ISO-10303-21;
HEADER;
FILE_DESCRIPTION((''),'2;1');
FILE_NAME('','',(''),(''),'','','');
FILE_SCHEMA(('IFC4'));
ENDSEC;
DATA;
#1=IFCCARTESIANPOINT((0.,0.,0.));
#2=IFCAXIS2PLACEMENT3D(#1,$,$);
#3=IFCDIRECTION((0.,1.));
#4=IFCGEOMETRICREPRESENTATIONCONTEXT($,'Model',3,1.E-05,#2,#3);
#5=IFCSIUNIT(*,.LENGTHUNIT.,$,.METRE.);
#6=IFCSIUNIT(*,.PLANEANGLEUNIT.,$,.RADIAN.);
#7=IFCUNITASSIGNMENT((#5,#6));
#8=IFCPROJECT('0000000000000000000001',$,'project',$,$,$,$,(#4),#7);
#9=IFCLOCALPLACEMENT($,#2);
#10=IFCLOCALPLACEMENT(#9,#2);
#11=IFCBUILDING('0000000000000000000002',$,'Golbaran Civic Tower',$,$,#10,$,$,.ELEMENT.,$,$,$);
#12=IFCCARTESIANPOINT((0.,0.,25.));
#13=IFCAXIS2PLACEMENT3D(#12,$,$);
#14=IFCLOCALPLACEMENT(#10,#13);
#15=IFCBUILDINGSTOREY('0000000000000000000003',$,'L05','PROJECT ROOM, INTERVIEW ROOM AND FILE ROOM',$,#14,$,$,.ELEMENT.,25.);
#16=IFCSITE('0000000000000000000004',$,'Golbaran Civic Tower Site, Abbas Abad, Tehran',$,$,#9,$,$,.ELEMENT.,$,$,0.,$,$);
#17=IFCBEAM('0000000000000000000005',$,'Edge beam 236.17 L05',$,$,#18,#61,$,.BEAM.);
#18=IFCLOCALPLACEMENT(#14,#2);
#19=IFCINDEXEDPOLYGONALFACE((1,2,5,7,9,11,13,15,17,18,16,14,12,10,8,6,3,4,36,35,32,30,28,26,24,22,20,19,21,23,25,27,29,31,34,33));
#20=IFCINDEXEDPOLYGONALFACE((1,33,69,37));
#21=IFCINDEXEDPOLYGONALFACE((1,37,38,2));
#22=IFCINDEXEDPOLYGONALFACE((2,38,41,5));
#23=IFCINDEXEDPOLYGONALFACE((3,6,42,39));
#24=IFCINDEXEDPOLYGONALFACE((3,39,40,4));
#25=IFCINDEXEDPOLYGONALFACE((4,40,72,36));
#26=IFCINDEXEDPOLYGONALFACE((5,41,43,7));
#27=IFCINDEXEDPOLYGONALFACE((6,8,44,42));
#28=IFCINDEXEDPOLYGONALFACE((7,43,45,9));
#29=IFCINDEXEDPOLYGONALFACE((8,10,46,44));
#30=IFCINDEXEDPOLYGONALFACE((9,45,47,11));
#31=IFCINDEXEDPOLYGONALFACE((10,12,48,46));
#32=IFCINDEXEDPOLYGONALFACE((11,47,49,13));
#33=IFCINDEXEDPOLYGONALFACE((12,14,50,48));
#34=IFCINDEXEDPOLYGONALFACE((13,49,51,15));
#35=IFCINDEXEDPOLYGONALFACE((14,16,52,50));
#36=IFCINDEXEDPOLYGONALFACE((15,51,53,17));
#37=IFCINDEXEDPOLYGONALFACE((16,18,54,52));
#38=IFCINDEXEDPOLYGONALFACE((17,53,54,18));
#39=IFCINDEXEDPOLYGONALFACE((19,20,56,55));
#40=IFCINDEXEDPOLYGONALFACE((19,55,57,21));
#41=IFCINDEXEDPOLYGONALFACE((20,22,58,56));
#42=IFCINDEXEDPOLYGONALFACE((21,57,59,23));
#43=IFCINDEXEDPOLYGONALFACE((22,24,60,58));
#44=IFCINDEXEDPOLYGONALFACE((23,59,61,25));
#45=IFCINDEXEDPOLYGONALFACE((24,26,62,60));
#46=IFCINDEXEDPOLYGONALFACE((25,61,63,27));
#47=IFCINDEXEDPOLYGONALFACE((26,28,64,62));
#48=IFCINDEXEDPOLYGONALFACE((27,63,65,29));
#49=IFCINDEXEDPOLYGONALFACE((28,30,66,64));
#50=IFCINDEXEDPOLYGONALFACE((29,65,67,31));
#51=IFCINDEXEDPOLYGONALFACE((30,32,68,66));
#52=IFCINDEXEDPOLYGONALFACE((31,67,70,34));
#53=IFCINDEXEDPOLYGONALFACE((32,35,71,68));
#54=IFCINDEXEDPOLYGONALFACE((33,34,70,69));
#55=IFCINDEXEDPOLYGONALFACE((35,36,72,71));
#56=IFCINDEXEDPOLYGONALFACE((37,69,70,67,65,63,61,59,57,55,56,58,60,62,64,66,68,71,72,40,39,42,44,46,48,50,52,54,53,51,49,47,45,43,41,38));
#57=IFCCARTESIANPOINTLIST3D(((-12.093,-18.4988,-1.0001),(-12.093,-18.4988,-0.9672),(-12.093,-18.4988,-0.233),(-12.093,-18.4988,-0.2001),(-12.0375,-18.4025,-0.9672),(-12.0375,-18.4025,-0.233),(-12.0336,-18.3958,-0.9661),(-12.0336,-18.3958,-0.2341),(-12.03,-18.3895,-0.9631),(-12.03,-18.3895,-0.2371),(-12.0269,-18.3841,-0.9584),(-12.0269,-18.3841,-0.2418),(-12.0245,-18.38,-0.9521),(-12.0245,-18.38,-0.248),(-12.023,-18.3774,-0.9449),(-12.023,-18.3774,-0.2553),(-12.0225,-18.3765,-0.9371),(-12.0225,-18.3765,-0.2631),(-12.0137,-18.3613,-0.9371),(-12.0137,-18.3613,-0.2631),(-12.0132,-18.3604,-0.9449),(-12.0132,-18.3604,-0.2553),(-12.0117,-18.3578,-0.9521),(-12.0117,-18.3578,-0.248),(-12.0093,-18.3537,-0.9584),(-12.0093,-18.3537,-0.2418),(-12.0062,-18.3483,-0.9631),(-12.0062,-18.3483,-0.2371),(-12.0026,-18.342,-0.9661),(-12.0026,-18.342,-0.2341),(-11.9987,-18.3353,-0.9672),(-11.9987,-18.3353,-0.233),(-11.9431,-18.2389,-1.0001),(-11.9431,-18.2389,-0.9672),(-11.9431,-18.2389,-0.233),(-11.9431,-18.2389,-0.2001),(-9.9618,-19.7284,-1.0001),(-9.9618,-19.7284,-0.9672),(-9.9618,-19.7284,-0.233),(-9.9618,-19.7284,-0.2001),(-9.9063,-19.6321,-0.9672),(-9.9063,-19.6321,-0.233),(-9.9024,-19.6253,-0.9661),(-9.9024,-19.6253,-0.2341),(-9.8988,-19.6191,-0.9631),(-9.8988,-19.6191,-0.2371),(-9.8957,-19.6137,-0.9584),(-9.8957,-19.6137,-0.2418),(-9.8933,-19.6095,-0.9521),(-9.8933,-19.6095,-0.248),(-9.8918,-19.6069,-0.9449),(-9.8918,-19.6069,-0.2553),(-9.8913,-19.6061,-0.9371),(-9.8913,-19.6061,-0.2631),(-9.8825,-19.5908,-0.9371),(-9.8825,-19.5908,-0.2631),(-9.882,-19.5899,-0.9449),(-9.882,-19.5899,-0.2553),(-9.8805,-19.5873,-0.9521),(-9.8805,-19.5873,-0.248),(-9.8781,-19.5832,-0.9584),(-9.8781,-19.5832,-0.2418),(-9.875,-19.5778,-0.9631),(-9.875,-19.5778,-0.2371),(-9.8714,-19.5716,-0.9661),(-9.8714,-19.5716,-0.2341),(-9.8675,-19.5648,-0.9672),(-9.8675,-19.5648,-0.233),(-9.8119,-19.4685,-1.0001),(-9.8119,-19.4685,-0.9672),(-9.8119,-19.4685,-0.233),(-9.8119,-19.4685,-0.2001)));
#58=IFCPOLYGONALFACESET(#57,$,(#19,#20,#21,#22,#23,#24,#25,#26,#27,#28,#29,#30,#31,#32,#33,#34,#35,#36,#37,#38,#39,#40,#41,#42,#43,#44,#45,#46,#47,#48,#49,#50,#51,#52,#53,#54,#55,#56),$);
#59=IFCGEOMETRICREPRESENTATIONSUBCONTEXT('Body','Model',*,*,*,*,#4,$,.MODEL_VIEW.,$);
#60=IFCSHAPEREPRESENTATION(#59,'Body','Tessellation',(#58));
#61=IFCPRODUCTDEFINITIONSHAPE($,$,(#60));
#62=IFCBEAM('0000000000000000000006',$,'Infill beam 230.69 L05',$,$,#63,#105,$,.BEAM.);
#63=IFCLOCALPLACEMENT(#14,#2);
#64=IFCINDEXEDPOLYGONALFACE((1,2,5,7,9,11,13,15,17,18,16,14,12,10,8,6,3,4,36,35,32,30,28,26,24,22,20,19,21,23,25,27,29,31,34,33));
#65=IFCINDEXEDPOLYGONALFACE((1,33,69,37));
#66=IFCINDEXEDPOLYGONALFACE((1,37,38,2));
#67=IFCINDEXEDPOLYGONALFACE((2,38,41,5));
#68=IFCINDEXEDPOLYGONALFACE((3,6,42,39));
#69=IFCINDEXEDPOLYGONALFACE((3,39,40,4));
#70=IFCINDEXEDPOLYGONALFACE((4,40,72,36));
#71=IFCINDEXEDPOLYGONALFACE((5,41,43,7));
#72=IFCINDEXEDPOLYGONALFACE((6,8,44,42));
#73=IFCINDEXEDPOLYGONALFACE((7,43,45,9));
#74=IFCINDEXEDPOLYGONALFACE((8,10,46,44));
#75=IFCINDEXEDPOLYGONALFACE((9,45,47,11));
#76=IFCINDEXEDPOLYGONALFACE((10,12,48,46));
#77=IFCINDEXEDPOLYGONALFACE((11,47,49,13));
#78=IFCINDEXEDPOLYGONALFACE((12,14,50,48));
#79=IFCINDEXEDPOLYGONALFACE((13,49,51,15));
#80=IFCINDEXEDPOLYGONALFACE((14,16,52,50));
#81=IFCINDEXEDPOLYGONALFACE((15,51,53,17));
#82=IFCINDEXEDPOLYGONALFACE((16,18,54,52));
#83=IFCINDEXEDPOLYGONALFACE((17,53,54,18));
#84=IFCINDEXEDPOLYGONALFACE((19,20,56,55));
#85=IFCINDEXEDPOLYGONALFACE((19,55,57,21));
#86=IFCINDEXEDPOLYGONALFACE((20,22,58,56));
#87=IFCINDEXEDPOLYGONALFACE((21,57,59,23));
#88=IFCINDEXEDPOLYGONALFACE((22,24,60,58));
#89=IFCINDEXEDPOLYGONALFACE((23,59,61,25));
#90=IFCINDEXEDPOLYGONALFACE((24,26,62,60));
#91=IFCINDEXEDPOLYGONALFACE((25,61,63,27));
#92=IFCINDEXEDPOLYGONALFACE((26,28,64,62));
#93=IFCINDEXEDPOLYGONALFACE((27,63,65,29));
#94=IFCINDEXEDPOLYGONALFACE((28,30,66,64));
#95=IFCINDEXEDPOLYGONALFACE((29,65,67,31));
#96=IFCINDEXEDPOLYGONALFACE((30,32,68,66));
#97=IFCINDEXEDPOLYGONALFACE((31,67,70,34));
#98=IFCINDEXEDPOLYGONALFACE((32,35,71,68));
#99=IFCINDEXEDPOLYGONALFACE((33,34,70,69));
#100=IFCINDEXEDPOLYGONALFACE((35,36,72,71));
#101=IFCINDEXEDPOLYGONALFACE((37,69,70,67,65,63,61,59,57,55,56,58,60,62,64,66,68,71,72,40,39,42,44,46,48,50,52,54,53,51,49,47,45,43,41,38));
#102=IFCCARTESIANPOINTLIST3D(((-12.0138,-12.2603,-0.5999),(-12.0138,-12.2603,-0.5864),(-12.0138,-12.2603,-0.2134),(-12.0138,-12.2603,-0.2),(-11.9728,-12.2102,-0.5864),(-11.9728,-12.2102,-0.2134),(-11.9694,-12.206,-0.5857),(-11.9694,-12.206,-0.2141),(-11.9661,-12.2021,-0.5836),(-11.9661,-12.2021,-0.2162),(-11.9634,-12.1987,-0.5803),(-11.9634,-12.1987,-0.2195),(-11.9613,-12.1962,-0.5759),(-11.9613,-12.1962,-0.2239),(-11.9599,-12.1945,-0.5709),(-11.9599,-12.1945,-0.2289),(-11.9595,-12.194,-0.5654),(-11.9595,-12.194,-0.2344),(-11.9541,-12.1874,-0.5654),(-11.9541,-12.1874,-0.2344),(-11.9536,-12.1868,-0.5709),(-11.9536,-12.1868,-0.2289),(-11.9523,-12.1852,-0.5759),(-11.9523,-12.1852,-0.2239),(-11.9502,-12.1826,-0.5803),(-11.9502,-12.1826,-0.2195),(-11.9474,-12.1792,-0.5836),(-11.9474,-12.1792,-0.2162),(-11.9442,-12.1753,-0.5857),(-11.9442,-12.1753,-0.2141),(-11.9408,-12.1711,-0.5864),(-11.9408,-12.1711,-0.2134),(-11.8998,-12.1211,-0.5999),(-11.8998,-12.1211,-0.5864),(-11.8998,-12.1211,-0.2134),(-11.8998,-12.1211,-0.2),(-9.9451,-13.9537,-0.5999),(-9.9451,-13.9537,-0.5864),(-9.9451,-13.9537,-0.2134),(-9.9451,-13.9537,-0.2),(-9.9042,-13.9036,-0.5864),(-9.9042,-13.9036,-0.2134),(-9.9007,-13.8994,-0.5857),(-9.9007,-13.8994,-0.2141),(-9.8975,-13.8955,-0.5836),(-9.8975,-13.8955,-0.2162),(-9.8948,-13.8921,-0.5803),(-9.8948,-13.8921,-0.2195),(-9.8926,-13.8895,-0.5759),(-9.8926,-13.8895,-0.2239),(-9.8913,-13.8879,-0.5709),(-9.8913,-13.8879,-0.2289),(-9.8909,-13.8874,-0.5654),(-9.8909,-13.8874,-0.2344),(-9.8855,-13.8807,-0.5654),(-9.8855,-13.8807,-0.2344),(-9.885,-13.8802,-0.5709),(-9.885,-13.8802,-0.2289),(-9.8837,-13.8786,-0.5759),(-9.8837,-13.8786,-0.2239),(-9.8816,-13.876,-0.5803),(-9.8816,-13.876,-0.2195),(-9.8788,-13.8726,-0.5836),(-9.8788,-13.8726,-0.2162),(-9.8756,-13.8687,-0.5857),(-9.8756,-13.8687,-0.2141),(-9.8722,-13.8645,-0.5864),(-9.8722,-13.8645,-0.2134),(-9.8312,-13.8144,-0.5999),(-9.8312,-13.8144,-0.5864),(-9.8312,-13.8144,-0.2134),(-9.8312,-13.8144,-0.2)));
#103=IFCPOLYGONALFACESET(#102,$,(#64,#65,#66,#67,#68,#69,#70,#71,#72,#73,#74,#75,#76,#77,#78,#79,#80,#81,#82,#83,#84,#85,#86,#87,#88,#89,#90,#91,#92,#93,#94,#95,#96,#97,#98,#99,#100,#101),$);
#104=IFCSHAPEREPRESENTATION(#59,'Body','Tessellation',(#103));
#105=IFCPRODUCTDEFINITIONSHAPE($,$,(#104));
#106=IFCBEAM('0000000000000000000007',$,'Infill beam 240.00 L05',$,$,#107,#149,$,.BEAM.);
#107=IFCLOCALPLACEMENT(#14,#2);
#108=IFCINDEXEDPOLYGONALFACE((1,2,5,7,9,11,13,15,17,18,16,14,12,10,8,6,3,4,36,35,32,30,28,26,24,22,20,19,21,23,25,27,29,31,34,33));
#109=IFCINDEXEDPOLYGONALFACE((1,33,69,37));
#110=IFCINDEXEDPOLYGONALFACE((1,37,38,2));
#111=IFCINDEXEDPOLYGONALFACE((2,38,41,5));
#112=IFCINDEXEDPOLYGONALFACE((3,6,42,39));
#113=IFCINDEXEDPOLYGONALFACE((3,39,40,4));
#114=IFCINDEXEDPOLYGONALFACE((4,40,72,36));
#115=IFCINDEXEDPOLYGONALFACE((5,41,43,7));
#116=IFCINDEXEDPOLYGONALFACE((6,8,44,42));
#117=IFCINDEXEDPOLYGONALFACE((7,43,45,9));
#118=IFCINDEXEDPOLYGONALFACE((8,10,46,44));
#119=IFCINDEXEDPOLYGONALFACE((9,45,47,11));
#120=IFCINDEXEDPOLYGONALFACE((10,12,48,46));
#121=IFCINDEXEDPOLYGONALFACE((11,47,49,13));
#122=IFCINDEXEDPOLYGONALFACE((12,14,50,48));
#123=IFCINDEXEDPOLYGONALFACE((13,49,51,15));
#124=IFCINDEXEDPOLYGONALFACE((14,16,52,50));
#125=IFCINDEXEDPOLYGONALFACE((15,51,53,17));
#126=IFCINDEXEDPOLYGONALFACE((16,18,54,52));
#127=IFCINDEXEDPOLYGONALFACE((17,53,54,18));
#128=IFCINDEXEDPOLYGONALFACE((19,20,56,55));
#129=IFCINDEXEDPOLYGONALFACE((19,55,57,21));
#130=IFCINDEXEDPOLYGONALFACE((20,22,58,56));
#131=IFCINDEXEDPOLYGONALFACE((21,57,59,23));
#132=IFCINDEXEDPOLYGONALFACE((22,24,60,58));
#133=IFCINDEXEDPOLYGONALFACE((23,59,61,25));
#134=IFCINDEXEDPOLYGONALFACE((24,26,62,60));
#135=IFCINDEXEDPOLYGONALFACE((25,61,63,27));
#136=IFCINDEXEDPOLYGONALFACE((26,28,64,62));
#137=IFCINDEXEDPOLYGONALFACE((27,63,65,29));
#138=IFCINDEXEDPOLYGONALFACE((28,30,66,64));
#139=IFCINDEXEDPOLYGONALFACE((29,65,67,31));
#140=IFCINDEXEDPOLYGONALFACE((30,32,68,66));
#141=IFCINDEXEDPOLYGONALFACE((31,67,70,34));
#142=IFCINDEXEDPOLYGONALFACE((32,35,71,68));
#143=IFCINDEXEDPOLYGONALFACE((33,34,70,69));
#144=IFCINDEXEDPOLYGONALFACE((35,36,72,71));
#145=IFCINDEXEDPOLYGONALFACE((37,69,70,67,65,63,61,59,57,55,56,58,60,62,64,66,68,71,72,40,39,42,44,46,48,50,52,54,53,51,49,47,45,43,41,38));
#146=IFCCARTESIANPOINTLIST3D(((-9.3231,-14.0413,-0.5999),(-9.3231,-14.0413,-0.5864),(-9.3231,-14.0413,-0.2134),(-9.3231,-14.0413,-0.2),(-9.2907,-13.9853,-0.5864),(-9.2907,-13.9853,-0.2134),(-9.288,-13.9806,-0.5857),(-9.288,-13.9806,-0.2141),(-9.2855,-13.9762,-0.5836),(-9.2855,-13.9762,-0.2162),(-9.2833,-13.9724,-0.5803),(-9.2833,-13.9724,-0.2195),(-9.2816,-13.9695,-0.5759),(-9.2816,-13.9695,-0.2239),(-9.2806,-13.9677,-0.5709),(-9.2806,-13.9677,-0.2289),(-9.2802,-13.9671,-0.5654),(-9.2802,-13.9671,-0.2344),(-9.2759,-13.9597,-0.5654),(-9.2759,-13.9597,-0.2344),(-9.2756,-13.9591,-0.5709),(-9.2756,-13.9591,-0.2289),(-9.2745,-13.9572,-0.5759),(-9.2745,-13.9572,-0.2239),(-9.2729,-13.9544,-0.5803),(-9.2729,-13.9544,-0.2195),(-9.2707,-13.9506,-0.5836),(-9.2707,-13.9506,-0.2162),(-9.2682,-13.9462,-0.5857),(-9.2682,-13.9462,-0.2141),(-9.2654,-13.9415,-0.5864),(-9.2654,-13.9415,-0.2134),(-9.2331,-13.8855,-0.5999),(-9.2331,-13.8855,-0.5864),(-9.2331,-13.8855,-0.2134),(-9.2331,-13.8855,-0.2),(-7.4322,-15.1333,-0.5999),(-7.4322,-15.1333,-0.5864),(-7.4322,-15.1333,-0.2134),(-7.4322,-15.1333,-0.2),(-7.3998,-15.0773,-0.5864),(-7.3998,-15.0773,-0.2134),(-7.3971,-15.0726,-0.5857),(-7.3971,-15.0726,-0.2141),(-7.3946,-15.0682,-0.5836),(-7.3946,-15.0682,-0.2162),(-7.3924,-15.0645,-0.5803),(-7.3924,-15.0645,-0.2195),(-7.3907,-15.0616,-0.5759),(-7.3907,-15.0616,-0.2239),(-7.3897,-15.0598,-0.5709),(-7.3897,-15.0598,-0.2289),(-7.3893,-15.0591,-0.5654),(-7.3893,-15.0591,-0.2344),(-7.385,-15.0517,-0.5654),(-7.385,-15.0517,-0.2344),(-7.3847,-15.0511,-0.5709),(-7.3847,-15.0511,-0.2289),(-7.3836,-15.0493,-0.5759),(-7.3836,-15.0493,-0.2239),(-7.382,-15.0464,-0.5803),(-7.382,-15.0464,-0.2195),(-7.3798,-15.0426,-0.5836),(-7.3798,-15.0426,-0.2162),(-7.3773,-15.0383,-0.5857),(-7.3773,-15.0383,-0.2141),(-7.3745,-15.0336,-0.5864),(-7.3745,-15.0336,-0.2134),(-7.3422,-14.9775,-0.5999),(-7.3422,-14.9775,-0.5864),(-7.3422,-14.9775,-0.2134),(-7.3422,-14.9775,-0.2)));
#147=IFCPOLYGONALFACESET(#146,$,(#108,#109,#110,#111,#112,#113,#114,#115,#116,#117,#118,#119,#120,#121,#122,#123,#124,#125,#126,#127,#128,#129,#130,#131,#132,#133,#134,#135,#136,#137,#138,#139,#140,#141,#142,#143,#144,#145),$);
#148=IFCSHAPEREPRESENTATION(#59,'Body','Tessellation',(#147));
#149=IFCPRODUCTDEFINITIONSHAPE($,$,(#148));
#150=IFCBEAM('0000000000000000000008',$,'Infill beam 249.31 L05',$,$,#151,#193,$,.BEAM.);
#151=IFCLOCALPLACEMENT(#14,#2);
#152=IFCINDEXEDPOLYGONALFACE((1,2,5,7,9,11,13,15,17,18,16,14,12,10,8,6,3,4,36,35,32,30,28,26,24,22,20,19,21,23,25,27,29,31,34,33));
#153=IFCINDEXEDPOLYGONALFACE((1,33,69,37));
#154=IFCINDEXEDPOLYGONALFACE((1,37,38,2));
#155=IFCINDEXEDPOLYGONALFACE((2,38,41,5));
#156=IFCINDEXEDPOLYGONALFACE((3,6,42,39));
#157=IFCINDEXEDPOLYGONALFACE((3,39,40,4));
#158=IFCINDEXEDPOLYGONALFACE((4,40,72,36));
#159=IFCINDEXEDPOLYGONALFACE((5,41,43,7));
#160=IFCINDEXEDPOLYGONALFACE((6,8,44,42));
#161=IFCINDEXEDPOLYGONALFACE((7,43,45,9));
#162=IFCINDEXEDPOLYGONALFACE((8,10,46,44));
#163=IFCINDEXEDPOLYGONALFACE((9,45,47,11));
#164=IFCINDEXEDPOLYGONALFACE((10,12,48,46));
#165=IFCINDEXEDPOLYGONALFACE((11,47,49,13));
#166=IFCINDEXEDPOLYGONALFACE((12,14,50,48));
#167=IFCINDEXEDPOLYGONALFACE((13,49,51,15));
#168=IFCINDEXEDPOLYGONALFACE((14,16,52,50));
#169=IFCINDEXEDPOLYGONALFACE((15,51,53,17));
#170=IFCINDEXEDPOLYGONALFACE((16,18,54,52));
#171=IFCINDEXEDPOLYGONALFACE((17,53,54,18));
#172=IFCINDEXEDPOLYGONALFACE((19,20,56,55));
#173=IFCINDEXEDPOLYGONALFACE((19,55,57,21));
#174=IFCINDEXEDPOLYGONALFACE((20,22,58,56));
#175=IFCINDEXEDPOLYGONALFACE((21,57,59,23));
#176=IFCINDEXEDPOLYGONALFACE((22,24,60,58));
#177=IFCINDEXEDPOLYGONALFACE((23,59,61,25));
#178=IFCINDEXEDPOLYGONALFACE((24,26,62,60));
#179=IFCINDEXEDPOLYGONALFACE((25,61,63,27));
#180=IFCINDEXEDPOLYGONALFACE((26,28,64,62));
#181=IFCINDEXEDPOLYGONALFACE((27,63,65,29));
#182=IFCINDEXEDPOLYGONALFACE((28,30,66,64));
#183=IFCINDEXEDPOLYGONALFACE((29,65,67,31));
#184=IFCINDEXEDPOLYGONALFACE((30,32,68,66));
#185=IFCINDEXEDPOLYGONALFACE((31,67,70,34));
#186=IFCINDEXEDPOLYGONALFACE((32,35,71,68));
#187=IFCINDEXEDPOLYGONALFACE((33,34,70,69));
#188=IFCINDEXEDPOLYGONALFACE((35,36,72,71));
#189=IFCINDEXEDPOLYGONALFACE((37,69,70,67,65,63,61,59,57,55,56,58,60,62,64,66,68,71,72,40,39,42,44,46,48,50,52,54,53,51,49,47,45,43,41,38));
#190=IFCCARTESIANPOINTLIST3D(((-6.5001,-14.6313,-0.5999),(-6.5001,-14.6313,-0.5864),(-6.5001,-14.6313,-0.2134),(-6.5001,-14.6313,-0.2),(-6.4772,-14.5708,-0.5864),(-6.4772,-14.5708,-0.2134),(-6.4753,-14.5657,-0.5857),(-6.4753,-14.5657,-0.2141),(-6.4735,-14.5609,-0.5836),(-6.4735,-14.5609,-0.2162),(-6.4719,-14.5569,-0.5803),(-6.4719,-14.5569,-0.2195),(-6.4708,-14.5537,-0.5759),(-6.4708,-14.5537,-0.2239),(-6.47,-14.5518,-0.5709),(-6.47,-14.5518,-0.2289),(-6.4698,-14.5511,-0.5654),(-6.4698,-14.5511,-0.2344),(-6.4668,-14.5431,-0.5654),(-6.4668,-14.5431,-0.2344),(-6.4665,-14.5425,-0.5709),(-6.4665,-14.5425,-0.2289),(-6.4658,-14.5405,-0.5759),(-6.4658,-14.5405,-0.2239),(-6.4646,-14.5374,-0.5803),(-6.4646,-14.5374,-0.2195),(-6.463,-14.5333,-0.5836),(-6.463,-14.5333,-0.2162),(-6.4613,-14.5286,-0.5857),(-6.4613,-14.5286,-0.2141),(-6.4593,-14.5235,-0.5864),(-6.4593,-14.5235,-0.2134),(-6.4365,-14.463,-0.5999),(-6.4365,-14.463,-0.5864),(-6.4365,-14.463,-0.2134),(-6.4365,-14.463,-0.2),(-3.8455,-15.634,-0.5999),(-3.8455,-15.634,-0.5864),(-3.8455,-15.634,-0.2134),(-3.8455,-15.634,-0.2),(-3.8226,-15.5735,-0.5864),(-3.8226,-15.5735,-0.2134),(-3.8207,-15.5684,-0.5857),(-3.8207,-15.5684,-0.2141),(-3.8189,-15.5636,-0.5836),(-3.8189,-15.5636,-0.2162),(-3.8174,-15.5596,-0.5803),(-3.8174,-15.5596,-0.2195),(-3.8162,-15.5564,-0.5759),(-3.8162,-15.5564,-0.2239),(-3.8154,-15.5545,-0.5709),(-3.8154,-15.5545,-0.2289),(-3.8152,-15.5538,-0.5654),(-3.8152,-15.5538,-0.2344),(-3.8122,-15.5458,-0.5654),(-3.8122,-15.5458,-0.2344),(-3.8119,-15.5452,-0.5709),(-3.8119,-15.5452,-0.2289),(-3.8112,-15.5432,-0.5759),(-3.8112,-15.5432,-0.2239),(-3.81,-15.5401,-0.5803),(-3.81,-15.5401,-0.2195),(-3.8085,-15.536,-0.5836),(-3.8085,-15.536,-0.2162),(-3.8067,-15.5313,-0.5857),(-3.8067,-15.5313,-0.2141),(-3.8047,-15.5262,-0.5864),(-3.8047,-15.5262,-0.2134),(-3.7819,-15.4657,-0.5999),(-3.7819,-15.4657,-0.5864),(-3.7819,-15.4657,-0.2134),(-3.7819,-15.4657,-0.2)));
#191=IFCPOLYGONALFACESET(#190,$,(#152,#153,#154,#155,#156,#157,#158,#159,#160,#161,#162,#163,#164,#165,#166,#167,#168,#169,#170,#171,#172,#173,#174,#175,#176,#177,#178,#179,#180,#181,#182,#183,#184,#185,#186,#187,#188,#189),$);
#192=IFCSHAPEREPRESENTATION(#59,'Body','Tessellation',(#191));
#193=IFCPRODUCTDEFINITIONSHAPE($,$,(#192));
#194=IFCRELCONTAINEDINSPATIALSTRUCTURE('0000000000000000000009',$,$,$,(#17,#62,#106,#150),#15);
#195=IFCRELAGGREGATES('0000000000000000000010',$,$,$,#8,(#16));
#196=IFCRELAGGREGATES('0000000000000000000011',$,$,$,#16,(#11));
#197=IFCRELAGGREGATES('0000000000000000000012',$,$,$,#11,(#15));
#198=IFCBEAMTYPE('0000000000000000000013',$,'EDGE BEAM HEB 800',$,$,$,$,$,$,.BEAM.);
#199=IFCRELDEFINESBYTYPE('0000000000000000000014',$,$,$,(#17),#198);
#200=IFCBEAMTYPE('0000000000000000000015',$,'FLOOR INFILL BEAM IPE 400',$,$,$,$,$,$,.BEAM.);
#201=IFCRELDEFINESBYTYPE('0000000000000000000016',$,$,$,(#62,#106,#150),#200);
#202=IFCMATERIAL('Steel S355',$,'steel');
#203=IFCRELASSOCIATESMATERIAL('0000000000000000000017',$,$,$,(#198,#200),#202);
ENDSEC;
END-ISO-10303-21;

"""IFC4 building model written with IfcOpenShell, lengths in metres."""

from ifc_helpers import new_model, si_unit, direction, frame, origin, origin_2d, place, context, subcontext, project, spatial, i_section, extrude, material, material_profile, profile_set, type_object, element, save


model = new_model("IFC4")

# Units and contexts
model_context = context("Model", 3, precision=1e-05, world=origin(), true_north=direction((0.0, 1.0)))
body_context = subcontext(model_context, "Body", "Model", "MODEL_VIEW")
ifc_project = project(units=[si_unit("LENGTHUNIT", "METRE"), si_unit("PLANEANGLEUNIT", "RADIAN")], contexts=[model_context])

# Site, building, storey
site_placement = place(None, origin())
site = spatial("IfcSite", under=ifc_project, at=site_placement, Name="Golbaran Civic Tower Site, Abbas Abad, Tehran", CompositionType="ELEMENT", RefElevation=0.0)
building_placement = place(site_placement, origin())
building = spatial("IfcBuilding", under=site, at=building_placement, Name="Golbaran Civic Tower", CompositionType="ELEMENT")
storey_placement = place(building_placement, frame((0.0, 0.0, 25.0)))
storey = spatial("IfcBuildingStorey", under=building, at=storey_placement, Name="L05", Description="PROJECT ROOM, INTERVIEW ROOM AND FILE ROOM", CompositionType="ELEMENT", Elevation=25.0)

# Beams
ifc_material_1 = material(Name="Steel S355", Category="steel")
ifc_material_profile_1 = material_profile(ifc_material_1, i_section(OverallWidth=0.3, OverallDepth=0.8, WebThickness=0.0176, FlangeThickness=0.033, FilletRadius=0.03, at=origin_2d()), Name="HEB 800")
ifc_profile_set_1 = profile_set([ifc_material_profile_1], Name="Steel S355")
beam_type_1 = type_object("IfcBeamType", Name="EDGE BEAM HEB 800", PredefinedType="BEAM", material=ifc_profile_set_1)
beam_1_placement = place(storey_placement, frame((-12.0181, -18.3689, -0.6001), z_axis=(0.866184, -0.499725, 0.0), x_axis=(0.499725, 0.866184, 0.0)))
element("IfcBeam", 1, at=beam_1_placement, inside=storey, type_object=beam_type_1, Name="Edge beam 236.17 L05", PredefinedType="BEAM", context=body_context, shape_type="SweptSolid", body=[
    extrude(i_section(OverallWidth=0.3, OverallDepth=0.8, WebThickness=0.0176, FlangeThickness=0.033, FilletRadius=0.03, at=origin_2d()), origin(), (0.0, 0.0, 1.0), 2.4604),
])
ifc_material_profile_2 = material_profile(ifc_material_1, i_section(OverallWidth=0.1799, OverallDepth=0.3999, WebThickness=0.0085, FlangeThickness=0.0134, FilletRadius=0.021, at=origin_2d()), Name="IPE 400")
ifc_profile_set_2 = profile_set([ifc_material_profile_2], Name="Steel S355")
beam_type_2 = type_object("IfcBeamType", Name="FLOOR INFILL BEAM IPE 400", PredefinedType="BEAM", material=ifc_profile_set_2)
beam_2_placement = place(storey_placement, frame((-11.9568, -12.1907, -0.3999), z_axis=(0.773799, -0.633432, 0.0), x_axis=(0.633432, 0.773799, 0.0)))
element("IfcBeam", 2, at=beam_2_placement, inside=storey, type_object=beam_type_2, Name="Infill beam 230.69 L05", PredefinedType="BEAM", context=body_context, shape_type="SweptSolid", body=[
    extrude(i_section(OverallWidth=0.1799, OverallDepth=0.3999, WebThickness=0.0085, FlangeThickness=0.0134, FilletRadius=0.021, at=origin_2d()), origin(), (0.0, 0.0, 1.0), 2.6733),
])
beam_3_placement = place(storey_placement, frame((-9.2781, -13.9634, -0.3999), z_axis=(0.865957, -0.500119, 0.0), x_axis=(0.500119, 0.865957, 0.0)))
element("IfcBeam", 3, at=beam_3_placement, inside=storey, type_object=beam_type_2, Name="Infill beam 240.00 L05", PredefinedType="BEAM", context=body_context, shape_type="SweptSolid", body=[
    extrude(i_section(OverallWidth=0.1799, OverallDepth=0.3999, WebThickness=0.0085, FlangeThickness=0.0134, FilletRadius=0.021, at=origin_2d()), origin(), (0.0, 0.0, 1.0), 2.1836),
])
beam_4_placement = place(storey_placement, frame((-6.4683, -14.5471, -0.3999), z_axis=(0.935489, -0.353357, 0.0), x_axis=(0.353357, 0.935489, 0.0)))
element("IfcBeam", 4, at=beam_4_placement, inside=storey, type_object=beam_type_2, Name="Infill beam 249.31 L05", PredefinedType="BEAM", context=body_context, shape_type="SweptSolid", body=[
    extrude(i_section(OverallWidth=0.1799, OverallDepth=0.3999, WebThickness=0.0085, FlangeThickness=0.0134, FilletRadius=0.021, at=origin_2d()), origin(), (0.0, 0.0, 1.0), 2.8376),
])

save(model, "model.ifc")
